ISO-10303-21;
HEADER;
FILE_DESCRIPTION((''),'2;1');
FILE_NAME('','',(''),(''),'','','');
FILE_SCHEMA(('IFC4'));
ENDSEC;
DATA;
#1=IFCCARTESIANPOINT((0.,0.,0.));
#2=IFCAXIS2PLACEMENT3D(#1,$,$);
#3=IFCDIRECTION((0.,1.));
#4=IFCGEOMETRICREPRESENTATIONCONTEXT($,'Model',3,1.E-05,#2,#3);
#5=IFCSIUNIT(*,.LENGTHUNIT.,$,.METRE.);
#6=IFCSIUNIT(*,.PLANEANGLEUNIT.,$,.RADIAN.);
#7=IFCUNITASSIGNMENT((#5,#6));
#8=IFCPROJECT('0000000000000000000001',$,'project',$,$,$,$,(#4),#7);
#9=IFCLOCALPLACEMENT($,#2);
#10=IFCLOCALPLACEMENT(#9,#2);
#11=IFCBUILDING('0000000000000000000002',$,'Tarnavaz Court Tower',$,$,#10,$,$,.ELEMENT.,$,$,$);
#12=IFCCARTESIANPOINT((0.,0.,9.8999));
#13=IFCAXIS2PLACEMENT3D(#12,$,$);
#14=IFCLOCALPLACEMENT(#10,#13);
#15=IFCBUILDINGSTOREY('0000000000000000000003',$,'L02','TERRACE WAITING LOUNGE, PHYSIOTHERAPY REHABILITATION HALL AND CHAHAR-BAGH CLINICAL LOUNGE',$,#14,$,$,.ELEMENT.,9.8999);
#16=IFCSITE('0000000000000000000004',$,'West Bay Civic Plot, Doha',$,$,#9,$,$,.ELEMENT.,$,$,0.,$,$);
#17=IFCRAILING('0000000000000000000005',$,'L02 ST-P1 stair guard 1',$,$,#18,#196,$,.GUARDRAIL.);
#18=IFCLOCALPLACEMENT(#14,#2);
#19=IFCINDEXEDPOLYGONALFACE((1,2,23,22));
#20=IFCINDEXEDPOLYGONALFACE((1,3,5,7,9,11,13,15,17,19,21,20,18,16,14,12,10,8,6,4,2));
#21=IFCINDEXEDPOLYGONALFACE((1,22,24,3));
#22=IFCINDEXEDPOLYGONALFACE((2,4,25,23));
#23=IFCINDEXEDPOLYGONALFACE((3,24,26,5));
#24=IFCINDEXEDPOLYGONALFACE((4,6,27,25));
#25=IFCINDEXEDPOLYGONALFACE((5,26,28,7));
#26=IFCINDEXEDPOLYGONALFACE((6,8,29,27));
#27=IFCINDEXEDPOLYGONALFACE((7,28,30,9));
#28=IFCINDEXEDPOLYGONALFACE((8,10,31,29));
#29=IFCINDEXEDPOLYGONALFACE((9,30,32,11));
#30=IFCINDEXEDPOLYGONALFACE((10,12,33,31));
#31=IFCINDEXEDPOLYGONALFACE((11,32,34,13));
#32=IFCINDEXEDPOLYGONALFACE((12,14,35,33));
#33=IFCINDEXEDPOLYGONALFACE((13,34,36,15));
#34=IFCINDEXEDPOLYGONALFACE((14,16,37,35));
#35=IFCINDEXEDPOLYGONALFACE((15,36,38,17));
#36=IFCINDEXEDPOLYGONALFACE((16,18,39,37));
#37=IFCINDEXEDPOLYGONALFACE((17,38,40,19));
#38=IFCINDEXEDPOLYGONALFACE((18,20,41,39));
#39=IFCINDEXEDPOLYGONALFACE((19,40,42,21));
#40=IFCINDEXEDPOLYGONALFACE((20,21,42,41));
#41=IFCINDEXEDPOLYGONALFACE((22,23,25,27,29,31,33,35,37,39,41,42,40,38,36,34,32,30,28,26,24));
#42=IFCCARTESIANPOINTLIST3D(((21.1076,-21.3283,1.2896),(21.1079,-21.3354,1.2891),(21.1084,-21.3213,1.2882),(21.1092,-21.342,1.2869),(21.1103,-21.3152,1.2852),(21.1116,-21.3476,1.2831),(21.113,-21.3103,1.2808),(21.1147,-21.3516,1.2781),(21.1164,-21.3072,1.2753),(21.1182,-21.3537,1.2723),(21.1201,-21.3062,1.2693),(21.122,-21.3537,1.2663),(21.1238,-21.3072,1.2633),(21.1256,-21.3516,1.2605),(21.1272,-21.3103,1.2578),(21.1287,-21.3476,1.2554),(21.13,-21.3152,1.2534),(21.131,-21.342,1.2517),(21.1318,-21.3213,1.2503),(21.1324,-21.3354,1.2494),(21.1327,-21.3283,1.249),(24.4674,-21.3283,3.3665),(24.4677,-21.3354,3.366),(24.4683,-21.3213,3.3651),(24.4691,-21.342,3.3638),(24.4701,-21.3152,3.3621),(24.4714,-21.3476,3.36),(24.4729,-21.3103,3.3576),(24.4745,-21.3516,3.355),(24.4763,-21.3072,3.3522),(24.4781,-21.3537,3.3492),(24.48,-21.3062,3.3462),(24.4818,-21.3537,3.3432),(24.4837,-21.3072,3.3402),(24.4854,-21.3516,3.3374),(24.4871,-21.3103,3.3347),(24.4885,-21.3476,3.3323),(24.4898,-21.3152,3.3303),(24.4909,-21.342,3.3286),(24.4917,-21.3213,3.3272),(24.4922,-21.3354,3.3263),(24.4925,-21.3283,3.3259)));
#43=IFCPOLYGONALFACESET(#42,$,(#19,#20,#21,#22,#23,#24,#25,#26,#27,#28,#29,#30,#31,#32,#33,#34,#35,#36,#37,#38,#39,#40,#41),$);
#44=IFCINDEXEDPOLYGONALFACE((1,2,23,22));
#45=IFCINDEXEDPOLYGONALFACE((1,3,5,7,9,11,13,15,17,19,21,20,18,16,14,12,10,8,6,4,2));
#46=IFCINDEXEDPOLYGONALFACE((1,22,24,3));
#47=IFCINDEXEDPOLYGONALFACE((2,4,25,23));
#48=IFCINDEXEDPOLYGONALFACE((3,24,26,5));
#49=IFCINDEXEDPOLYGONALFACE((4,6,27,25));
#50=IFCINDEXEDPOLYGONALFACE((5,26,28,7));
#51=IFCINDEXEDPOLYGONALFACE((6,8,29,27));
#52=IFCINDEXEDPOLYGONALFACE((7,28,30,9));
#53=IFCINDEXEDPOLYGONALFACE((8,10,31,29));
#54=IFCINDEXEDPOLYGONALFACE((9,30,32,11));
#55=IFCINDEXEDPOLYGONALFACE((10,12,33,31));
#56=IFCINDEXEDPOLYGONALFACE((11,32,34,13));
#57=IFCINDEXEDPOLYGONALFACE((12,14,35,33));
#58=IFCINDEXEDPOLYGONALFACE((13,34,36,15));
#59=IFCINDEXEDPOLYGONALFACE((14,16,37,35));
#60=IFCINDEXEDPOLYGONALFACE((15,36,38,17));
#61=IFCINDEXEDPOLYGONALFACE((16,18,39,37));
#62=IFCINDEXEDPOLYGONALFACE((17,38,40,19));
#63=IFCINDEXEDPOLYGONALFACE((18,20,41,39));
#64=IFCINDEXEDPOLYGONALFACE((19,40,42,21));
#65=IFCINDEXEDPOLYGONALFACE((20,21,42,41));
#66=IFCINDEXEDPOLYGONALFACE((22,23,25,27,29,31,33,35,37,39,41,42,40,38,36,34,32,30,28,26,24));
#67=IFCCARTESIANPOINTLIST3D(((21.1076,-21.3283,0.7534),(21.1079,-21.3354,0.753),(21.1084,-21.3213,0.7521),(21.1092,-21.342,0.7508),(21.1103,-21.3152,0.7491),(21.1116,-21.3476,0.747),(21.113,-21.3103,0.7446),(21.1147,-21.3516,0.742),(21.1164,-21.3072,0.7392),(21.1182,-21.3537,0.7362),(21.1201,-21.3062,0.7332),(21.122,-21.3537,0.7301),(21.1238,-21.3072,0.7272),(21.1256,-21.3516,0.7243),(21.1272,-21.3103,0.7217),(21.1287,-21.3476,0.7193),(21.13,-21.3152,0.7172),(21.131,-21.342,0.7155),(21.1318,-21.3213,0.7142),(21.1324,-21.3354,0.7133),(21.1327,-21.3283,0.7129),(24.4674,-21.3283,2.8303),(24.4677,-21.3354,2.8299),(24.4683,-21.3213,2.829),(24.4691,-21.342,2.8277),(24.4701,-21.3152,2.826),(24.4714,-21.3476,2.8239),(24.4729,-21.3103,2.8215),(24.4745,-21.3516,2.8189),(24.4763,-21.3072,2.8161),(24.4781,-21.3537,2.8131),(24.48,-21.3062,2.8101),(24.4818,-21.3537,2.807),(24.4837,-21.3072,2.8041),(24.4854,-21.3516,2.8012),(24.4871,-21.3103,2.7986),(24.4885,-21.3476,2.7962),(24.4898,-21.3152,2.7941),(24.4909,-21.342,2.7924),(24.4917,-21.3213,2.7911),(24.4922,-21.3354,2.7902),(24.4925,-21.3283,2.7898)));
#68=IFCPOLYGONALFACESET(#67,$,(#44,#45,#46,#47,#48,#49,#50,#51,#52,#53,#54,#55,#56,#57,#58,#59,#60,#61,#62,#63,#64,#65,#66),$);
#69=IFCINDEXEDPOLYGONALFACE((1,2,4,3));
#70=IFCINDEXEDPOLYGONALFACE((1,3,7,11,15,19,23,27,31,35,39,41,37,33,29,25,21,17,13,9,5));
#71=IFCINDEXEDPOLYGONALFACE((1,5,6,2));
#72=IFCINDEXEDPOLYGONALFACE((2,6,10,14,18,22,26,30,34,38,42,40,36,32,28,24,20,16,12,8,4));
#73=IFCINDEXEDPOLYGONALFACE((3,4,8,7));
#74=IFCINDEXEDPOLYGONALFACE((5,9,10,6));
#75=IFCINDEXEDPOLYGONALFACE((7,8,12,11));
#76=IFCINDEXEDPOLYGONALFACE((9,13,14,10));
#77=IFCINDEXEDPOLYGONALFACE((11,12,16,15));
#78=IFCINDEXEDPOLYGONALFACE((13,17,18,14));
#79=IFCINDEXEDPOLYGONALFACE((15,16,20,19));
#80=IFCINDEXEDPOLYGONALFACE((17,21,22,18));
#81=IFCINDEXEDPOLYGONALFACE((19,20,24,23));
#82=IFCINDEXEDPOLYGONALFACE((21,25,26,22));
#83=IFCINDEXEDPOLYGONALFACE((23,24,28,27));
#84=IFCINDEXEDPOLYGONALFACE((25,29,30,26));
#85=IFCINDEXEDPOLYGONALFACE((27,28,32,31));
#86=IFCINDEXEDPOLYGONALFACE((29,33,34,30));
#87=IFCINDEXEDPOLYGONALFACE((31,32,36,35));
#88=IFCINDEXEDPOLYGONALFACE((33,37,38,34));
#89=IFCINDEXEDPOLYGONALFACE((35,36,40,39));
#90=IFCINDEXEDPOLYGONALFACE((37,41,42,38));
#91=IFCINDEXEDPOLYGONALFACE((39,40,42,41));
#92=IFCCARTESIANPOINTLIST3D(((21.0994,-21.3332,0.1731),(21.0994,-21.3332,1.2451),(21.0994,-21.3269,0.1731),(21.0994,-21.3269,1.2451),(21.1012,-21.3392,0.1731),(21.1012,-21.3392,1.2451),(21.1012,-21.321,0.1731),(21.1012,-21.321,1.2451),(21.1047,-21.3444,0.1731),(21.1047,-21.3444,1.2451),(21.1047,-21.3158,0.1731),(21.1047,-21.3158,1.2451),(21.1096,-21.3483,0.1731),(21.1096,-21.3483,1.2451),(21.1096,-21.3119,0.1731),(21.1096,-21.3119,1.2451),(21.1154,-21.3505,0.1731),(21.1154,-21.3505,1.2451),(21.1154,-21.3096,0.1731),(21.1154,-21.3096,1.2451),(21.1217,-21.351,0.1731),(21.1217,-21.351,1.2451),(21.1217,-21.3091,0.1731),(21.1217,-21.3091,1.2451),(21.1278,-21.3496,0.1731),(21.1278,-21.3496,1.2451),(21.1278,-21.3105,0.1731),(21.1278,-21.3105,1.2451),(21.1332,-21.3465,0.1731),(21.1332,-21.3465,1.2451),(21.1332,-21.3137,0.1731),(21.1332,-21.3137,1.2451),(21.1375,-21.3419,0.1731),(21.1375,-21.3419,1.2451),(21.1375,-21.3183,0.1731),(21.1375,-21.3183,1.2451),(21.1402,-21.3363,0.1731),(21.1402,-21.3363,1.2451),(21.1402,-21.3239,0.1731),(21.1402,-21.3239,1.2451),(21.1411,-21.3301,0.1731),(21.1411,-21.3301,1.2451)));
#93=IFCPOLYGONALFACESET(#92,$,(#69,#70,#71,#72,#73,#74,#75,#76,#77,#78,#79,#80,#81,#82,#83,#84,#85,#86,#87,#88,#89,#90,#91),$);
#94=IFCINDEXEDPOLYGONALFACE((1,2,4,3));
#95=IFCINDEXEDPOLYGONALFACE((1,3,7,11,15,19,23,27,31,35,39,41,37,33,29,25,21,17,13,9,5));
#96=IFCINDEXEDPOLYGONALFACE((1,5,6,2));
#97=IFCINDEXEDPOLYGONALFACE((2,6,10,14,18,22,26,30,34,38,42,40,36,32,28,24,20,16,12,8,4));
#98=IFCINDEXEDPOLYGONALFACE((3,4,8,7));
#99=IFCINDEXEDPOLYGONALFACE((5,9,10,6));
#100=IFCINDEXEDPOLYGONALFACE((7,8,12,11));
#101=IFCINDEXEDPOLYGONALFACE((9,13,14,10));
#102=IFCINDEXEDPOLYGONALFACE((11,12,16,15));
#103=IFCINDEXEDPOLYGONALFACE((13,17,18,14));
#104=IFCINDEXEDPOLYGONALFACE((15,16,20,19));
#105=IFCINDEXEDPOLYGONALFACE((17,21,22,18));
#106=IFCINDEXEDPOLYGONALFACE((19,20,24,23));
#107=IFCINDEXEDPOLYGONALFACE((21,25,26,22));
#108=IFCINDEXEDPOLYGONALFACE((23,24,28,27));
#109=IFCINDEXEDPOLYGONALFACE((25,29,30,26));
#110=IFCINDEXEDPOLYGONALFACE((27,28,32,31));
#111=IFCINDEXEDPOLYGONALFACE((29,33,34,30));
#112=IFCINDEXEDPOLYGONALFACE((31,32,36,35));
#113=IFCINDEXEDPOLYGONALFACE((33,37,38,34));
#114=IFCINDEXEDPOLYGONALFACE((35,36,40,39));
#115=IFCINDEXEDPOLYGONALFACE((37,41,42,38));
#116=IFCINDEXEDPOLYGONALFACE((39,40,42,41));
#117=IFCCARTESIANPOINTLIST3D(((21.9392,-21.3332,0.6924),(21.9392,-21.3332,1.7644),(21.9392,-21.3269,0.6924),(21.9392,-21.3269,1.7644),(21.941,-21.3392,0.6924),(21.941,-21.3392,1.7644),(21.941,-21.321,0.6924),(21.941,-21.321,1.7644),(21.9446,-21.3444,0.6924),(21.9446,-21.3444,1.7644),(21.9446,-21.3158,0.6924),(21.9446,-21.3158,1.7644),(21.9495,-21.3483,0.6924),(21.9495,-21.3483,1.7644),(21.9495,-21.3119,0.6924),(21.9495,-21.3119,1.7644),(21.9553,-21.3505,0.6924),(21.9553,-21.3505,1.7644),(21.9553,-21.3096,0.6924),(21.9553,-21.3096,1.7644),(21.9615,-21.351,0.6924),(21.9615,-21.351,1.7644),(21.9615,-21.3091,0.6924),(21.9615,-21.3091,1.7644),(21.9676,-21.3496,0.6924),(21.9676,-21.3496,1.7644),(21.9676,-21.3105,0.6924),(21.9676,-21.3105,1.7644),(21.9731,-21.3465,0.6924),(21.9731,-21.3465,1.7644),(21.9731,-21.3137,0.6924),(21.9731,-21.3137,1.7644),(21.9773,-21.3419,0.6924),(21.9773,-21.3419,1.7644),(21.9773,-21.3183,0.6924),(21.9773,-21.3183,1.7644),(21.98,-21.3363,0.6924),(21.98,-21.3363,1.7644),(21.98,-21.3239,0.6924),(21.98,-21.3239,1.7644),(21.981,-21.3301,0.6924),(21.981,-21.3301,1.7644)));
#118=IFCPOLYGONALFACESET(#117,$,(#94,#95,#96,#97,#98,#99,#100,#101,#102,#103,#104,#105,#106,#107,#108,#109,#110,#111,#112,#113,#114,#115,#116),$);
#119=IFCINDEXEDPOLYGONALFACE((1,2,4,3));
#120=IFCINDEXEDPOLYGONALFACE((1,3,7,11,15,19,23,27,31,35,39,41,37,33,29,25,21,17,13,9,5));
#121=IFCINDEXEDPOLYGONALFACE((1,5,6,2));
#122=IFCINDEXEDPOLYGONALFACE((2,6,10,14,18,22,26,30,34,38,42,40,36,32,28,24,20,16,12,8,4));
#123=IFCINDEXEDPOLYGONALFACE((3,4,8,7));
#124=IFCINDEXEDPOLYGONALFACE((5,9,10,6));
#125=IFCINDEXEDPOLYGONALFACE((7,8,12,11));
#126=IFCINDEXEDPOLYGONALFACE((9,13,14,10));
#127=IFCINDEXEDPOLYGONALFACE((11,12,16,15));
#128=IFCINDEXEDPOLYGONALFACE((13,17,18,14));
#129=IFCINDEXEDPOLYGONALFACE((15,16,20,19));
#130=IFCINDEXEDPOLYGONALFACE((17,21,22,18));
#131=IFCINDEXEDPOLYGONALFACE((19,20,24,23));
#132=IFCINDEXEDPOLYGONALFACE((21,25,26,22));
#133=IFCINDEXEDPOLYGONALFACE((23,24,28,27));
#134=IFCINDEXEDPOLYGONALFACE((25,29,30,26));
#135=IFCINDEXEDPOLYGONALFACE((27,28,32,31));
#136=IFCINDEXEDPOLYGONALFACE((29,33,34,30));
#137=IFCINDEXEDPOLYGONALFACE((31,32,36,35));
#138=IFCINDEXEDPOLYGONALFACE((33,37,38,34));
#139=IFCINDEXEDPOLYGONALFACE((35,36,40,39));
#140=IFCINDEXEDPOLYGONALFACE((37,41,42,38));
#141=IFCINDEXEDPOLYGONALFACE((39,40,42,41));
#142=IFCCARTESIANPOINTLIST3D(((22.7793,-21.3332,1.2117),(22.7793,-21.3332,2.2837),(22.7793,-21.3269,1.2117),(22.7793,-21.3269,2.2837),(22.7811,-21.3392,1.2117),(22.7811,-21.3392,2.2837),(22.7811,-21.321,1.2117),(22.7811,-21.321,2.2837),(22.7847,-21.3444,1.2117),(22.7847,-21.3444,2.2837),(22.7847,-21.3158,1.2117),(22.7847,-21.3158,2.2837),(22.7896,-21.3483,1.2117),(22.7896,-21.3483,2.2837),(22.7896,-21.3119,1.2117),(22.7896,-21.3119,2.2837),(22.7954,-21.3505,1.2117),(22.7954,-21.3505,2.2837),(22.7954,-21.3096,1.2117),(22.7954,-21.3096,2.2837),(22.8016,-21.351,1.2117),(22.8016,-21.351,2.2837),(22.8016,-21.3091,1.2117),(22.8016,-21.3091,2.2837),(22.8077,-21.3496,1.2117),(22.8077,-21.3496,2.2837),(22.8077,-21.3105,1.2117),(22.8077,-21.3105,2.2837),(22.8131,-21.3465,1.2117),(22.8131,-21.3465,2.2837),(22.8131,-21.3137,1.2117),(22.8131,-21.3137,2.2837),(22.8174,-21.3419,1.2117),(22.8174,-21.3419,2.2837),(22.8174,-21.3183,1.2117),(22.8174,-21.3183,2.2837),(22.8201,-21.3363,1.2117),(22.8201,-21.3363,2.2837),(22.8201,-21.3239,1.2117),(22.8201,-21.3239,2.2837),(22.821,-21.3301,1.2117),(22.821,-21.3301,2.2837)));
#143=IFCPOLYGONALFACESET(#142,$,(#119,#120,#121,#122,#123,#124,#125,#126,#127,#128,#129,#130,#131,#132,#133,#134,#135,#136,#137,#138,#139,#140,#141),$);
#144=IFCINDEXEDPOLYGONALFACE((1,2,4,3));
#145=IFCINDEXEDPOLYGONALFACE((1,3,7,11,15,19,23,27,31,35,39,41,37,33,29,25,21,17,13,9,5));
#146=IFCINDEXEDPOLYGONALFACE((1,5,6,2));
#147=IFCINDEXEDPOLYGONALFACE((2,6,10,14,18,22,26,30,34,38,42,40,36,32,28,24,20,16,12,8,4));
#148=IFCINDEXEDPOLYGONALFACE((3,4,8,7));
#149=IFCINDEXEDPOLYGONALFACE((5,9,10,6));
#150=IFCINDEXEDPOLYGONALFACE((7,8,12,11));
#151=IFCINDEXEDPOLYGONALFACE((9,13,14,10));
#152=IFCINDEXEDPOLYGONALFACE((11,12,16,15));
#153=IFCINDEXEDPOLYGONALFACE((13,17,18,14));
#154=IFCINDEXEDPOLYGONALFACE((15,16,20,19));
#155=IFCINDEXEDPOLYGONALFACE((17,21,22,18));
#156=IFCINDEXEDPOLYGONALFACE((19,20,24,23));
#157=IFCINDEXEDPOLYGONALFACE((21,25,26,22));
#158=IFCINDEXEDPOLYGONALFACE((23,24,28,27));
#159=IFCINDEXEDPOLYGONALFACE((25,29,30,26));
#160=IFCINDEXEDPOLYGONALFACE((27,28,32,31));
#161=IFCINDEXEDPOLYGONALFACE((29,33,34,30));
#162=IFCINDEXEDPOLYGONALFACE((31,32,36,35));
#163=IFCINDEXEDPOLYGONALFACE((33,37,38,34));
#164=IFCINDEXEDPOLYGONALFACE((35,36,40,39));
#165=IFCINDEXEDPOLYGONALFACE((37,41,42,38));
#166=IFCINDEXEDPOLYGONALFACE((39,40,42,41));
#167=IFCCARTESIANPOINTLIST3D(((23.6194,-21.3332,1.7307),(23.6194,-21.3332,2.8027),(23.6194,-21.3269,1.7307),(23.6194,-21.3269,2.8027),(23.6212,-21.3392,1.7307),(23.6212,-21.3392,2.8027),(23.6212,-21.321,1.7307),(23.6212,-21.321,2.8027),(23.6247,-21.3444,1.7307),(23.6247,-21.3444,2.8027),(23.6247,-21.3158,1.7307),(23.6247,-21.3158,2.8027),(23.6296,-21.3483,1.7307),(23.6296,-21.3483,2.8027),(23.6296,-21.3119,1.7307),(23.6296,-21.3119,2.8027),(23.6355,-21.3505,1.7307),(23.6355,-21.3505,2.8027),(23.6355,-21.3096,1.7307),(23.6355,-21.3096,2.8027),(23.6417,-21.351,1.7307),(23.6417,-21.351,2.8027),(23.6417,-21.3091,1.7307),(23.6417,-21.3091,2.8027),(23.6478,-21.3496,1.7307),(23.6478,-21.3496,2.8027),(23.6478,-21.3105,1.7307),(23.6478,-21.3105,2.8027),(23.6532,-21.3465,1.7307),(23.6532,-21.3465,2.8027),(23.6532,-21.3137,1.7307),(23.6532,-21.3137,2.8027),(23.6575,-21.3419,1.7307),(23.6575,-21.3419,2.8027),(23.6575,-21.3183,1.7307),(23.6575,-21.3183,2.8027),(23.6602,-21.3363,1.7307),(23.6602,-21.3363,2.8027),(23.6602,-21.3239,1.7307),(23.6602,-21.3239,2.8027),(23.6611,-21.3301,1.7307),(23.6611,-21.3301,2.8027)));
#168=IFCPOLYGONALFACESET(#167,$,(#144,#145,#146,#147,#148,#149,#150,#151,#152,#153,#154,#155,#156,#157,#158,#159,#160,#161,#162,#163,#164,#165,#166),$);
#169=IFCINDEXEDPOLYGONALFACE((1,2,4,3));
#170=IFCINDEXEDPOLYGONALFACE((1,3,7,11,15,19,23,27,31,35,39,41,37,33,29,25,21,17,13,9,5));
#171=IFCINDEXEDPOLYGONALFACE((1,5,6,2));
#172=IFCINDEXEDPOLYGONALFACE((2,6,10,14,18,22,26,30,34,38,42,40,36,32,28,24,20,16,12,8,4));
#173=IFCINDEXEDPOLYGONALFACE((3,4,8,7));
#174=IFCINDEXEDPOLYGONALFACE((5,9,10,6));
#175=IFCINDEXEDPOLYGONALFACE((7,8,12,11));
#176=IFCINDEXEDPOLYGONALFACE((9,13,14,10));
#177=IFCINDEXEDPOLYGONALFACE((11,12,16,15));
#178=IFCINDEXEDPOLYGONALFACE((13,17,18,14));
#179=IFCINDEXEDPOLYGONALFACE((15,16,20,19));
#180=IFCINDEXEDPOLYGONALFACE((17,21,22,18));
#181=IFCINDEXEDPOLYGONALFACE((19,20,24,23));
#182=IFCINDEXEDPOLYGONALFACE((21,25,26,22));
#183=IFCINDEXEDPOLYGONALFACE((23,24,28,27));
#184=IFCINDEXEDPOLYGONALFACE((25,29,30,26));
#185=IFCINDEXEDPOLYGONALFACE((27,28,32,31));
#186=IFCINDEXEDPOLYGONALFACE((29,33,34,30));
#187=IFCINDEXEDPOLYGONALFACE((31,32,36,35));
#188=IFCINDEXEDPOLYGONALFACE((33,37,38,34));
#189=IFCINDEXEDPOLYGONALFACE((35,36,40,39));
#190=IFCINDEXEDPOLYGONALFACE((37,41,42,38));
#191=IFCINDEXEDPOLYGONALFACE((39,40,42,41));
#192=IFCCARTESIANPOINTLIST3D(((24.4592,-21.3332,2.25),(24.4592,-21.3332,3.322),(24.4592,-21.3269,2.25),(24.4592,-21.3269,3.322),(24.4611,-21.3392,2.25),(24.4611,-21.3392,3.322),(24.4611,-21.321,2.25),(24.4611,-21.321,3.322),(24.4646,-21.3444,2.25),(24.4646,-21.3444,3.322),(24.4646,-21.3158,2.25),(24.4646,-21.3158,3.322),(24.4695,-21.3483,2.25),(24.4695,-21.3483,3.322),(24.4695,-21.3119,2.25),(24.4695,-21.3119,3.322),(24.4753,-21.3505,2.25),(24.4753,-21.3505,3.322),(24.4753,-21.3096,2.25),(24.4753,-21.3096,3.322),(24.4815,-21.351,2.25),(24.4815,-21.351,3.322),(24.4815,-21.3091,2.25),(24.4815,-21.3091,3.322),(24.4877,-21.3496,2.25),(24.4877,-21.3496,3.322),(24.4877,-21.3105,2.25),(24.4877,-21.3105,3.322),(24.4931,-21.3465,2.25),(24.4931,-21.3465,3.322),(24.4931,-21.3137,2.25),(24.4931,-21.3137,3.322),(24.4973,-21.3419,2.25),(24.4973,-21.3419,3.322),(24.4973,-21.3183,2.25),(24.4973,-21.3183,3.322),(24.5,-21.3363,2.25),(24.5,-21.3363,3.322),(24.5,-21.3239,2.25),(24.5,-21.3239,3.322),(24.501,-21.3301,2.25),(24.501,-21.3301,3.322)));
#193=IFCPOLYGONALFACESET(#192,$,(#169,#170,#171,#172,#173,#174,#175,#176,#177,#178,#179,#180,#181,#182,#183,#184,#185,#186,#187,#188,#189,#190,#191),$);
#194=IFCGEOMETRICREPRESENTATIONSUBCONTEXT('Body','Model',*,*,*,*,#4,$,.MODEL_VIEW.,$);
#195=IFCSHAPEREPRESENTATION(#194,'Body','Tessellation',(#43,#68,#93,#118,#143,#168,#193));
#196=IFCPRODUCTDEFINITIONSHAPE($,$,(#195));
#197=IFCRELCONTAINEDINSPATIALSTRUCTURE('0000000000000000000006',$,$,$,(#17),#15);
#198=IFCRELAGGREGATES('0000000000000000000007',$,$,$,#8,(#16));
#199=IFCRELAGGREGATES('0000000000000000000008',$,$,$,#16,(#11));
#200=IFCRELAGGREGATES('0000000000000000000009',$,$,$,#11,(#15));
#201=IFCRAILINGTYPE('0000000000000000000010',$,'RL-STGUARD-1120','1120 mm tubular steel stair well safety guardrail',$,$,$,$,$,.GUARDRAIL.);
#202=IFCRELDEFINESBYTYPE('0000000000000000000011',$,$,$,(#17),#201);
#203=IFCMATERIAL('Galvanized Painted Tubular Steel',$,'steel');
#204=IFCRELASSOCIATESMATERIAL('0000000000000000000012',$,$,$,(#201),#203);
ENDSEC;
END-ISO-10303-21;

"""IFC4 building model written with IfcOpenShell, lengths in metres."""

from ifc_helpers import new_model, si_unit, direction, frame, origin, origin_2d, place, context, subcontext, project, spatial, circle, extrude, material, type_object, element, save


model = new_model("IFC4")

# Units and contexts
model_context = context("Model", 3, precision=1e-05, world=origin(), true_north=direction((0.0, 1.0)))
body_context = subcontext(model_context, "Body", "Model", "MODEL_VIEW")
ifc_project = project(units=[si_unit("LENGTHUNIT", "METRE"), si_unit("PLANEANGLEUNIT", "RADIAN")], contexts=[model_context])

# Site, building, storey
site_placement = place(None, origin())
site = spatial("IfcSite", under=ifc_project, at=site_placement, Name="West Bay Civic Plot, Doha", CompositionType="ELEMENT", RefElevation=0.0)
building_placement = place(site_placement, origin())
building = spatial("IfcBuilding", under=site, at=building_placement, Name="Tarnavaz Court Tower", CompositionType="ELEMENT")
storey_placement = place(building_placement, frame((0.0, 0.0, 9.8999)))
storey = spatial("IfcBuildingStorey", under=building, at=storey_placement, Name="L02", Description="TERRACE WAITING LOUNGE, PHYSIOTHERAPY REHABILITATION HALL AND CHAHAR-BAGH CLINICAL LOUNGE", CompositionType="ELEMENT", Elevation=9.8999)

# Railing
ifc_material_1 = material(Name="Galvanized Painted Tubular Steel", Category="steel")
railing_type_1 = type_object("IfcRailingType", Name="RL-STGUARD-1120", Description="1120 mm tubular steel stair well safety guardrail", PredefinedType="GUARDRAIL", material=ifc_material_1)
railing_1_placement = place(storey_placement, frame((21.1201, -21.3301, 0.1731)))
element("IfcRailing", 1, at=railing_1_placement, inside=storey, type_object=railing_type_1, Name="L02 ST-P1 stair guard 1", PredefinedType="GUARDRAIL", context=body_context, shape_type="SweptSolid", body=[
    extrude(circle(Radius=0.0239, at=origin_2d()), frame((0.0, 0.0, 1.0962), z_axis=(0.850606, 0.0, 0.525803), x_axis=(0.0, 1.0, 0.0)), (0.0, 0.0, 1.0), 3.95),
    extrude(circle(Radius=0.0239, at=origin_2d()), frame((0.0, 0.0, 0.5601), z_axis=(0.850606, 0.0, 0.525803), x_axis=(0.0, 1.0, 0.0)), (0.0, 0.0, 1.0), 3.95),
    extrude(circle(Radius=0.021, at=origin_2d()), origin(), (0.0, 0.0, 1.0), 1.072),
    extrude(circle(Radius=0.021, at=origin_2d()), frame((0.8398, 0.0, 0.5193)), (0.0, 0.0, 1.0), 1.072),
    extrude(circle(Radius=0.021, at=origin_2d()), frame((1.6799, 0.0, 1.0386)), (0.0, 0.0, 1.0), 1.072),
    extrude(circle(Radius=0.021, at=origin_2d()), frame((2.52, 0.0, 1.5576)), (0.0, 0.0, 1.0), 1.072),
    extrude(circle(Radius=0.021, at=origin_2d()), frame((3.3599, 0.0, 2.0769)), (0.0, 0.0, 1.0), 1.072),
])

save(model, "model.ifc")
